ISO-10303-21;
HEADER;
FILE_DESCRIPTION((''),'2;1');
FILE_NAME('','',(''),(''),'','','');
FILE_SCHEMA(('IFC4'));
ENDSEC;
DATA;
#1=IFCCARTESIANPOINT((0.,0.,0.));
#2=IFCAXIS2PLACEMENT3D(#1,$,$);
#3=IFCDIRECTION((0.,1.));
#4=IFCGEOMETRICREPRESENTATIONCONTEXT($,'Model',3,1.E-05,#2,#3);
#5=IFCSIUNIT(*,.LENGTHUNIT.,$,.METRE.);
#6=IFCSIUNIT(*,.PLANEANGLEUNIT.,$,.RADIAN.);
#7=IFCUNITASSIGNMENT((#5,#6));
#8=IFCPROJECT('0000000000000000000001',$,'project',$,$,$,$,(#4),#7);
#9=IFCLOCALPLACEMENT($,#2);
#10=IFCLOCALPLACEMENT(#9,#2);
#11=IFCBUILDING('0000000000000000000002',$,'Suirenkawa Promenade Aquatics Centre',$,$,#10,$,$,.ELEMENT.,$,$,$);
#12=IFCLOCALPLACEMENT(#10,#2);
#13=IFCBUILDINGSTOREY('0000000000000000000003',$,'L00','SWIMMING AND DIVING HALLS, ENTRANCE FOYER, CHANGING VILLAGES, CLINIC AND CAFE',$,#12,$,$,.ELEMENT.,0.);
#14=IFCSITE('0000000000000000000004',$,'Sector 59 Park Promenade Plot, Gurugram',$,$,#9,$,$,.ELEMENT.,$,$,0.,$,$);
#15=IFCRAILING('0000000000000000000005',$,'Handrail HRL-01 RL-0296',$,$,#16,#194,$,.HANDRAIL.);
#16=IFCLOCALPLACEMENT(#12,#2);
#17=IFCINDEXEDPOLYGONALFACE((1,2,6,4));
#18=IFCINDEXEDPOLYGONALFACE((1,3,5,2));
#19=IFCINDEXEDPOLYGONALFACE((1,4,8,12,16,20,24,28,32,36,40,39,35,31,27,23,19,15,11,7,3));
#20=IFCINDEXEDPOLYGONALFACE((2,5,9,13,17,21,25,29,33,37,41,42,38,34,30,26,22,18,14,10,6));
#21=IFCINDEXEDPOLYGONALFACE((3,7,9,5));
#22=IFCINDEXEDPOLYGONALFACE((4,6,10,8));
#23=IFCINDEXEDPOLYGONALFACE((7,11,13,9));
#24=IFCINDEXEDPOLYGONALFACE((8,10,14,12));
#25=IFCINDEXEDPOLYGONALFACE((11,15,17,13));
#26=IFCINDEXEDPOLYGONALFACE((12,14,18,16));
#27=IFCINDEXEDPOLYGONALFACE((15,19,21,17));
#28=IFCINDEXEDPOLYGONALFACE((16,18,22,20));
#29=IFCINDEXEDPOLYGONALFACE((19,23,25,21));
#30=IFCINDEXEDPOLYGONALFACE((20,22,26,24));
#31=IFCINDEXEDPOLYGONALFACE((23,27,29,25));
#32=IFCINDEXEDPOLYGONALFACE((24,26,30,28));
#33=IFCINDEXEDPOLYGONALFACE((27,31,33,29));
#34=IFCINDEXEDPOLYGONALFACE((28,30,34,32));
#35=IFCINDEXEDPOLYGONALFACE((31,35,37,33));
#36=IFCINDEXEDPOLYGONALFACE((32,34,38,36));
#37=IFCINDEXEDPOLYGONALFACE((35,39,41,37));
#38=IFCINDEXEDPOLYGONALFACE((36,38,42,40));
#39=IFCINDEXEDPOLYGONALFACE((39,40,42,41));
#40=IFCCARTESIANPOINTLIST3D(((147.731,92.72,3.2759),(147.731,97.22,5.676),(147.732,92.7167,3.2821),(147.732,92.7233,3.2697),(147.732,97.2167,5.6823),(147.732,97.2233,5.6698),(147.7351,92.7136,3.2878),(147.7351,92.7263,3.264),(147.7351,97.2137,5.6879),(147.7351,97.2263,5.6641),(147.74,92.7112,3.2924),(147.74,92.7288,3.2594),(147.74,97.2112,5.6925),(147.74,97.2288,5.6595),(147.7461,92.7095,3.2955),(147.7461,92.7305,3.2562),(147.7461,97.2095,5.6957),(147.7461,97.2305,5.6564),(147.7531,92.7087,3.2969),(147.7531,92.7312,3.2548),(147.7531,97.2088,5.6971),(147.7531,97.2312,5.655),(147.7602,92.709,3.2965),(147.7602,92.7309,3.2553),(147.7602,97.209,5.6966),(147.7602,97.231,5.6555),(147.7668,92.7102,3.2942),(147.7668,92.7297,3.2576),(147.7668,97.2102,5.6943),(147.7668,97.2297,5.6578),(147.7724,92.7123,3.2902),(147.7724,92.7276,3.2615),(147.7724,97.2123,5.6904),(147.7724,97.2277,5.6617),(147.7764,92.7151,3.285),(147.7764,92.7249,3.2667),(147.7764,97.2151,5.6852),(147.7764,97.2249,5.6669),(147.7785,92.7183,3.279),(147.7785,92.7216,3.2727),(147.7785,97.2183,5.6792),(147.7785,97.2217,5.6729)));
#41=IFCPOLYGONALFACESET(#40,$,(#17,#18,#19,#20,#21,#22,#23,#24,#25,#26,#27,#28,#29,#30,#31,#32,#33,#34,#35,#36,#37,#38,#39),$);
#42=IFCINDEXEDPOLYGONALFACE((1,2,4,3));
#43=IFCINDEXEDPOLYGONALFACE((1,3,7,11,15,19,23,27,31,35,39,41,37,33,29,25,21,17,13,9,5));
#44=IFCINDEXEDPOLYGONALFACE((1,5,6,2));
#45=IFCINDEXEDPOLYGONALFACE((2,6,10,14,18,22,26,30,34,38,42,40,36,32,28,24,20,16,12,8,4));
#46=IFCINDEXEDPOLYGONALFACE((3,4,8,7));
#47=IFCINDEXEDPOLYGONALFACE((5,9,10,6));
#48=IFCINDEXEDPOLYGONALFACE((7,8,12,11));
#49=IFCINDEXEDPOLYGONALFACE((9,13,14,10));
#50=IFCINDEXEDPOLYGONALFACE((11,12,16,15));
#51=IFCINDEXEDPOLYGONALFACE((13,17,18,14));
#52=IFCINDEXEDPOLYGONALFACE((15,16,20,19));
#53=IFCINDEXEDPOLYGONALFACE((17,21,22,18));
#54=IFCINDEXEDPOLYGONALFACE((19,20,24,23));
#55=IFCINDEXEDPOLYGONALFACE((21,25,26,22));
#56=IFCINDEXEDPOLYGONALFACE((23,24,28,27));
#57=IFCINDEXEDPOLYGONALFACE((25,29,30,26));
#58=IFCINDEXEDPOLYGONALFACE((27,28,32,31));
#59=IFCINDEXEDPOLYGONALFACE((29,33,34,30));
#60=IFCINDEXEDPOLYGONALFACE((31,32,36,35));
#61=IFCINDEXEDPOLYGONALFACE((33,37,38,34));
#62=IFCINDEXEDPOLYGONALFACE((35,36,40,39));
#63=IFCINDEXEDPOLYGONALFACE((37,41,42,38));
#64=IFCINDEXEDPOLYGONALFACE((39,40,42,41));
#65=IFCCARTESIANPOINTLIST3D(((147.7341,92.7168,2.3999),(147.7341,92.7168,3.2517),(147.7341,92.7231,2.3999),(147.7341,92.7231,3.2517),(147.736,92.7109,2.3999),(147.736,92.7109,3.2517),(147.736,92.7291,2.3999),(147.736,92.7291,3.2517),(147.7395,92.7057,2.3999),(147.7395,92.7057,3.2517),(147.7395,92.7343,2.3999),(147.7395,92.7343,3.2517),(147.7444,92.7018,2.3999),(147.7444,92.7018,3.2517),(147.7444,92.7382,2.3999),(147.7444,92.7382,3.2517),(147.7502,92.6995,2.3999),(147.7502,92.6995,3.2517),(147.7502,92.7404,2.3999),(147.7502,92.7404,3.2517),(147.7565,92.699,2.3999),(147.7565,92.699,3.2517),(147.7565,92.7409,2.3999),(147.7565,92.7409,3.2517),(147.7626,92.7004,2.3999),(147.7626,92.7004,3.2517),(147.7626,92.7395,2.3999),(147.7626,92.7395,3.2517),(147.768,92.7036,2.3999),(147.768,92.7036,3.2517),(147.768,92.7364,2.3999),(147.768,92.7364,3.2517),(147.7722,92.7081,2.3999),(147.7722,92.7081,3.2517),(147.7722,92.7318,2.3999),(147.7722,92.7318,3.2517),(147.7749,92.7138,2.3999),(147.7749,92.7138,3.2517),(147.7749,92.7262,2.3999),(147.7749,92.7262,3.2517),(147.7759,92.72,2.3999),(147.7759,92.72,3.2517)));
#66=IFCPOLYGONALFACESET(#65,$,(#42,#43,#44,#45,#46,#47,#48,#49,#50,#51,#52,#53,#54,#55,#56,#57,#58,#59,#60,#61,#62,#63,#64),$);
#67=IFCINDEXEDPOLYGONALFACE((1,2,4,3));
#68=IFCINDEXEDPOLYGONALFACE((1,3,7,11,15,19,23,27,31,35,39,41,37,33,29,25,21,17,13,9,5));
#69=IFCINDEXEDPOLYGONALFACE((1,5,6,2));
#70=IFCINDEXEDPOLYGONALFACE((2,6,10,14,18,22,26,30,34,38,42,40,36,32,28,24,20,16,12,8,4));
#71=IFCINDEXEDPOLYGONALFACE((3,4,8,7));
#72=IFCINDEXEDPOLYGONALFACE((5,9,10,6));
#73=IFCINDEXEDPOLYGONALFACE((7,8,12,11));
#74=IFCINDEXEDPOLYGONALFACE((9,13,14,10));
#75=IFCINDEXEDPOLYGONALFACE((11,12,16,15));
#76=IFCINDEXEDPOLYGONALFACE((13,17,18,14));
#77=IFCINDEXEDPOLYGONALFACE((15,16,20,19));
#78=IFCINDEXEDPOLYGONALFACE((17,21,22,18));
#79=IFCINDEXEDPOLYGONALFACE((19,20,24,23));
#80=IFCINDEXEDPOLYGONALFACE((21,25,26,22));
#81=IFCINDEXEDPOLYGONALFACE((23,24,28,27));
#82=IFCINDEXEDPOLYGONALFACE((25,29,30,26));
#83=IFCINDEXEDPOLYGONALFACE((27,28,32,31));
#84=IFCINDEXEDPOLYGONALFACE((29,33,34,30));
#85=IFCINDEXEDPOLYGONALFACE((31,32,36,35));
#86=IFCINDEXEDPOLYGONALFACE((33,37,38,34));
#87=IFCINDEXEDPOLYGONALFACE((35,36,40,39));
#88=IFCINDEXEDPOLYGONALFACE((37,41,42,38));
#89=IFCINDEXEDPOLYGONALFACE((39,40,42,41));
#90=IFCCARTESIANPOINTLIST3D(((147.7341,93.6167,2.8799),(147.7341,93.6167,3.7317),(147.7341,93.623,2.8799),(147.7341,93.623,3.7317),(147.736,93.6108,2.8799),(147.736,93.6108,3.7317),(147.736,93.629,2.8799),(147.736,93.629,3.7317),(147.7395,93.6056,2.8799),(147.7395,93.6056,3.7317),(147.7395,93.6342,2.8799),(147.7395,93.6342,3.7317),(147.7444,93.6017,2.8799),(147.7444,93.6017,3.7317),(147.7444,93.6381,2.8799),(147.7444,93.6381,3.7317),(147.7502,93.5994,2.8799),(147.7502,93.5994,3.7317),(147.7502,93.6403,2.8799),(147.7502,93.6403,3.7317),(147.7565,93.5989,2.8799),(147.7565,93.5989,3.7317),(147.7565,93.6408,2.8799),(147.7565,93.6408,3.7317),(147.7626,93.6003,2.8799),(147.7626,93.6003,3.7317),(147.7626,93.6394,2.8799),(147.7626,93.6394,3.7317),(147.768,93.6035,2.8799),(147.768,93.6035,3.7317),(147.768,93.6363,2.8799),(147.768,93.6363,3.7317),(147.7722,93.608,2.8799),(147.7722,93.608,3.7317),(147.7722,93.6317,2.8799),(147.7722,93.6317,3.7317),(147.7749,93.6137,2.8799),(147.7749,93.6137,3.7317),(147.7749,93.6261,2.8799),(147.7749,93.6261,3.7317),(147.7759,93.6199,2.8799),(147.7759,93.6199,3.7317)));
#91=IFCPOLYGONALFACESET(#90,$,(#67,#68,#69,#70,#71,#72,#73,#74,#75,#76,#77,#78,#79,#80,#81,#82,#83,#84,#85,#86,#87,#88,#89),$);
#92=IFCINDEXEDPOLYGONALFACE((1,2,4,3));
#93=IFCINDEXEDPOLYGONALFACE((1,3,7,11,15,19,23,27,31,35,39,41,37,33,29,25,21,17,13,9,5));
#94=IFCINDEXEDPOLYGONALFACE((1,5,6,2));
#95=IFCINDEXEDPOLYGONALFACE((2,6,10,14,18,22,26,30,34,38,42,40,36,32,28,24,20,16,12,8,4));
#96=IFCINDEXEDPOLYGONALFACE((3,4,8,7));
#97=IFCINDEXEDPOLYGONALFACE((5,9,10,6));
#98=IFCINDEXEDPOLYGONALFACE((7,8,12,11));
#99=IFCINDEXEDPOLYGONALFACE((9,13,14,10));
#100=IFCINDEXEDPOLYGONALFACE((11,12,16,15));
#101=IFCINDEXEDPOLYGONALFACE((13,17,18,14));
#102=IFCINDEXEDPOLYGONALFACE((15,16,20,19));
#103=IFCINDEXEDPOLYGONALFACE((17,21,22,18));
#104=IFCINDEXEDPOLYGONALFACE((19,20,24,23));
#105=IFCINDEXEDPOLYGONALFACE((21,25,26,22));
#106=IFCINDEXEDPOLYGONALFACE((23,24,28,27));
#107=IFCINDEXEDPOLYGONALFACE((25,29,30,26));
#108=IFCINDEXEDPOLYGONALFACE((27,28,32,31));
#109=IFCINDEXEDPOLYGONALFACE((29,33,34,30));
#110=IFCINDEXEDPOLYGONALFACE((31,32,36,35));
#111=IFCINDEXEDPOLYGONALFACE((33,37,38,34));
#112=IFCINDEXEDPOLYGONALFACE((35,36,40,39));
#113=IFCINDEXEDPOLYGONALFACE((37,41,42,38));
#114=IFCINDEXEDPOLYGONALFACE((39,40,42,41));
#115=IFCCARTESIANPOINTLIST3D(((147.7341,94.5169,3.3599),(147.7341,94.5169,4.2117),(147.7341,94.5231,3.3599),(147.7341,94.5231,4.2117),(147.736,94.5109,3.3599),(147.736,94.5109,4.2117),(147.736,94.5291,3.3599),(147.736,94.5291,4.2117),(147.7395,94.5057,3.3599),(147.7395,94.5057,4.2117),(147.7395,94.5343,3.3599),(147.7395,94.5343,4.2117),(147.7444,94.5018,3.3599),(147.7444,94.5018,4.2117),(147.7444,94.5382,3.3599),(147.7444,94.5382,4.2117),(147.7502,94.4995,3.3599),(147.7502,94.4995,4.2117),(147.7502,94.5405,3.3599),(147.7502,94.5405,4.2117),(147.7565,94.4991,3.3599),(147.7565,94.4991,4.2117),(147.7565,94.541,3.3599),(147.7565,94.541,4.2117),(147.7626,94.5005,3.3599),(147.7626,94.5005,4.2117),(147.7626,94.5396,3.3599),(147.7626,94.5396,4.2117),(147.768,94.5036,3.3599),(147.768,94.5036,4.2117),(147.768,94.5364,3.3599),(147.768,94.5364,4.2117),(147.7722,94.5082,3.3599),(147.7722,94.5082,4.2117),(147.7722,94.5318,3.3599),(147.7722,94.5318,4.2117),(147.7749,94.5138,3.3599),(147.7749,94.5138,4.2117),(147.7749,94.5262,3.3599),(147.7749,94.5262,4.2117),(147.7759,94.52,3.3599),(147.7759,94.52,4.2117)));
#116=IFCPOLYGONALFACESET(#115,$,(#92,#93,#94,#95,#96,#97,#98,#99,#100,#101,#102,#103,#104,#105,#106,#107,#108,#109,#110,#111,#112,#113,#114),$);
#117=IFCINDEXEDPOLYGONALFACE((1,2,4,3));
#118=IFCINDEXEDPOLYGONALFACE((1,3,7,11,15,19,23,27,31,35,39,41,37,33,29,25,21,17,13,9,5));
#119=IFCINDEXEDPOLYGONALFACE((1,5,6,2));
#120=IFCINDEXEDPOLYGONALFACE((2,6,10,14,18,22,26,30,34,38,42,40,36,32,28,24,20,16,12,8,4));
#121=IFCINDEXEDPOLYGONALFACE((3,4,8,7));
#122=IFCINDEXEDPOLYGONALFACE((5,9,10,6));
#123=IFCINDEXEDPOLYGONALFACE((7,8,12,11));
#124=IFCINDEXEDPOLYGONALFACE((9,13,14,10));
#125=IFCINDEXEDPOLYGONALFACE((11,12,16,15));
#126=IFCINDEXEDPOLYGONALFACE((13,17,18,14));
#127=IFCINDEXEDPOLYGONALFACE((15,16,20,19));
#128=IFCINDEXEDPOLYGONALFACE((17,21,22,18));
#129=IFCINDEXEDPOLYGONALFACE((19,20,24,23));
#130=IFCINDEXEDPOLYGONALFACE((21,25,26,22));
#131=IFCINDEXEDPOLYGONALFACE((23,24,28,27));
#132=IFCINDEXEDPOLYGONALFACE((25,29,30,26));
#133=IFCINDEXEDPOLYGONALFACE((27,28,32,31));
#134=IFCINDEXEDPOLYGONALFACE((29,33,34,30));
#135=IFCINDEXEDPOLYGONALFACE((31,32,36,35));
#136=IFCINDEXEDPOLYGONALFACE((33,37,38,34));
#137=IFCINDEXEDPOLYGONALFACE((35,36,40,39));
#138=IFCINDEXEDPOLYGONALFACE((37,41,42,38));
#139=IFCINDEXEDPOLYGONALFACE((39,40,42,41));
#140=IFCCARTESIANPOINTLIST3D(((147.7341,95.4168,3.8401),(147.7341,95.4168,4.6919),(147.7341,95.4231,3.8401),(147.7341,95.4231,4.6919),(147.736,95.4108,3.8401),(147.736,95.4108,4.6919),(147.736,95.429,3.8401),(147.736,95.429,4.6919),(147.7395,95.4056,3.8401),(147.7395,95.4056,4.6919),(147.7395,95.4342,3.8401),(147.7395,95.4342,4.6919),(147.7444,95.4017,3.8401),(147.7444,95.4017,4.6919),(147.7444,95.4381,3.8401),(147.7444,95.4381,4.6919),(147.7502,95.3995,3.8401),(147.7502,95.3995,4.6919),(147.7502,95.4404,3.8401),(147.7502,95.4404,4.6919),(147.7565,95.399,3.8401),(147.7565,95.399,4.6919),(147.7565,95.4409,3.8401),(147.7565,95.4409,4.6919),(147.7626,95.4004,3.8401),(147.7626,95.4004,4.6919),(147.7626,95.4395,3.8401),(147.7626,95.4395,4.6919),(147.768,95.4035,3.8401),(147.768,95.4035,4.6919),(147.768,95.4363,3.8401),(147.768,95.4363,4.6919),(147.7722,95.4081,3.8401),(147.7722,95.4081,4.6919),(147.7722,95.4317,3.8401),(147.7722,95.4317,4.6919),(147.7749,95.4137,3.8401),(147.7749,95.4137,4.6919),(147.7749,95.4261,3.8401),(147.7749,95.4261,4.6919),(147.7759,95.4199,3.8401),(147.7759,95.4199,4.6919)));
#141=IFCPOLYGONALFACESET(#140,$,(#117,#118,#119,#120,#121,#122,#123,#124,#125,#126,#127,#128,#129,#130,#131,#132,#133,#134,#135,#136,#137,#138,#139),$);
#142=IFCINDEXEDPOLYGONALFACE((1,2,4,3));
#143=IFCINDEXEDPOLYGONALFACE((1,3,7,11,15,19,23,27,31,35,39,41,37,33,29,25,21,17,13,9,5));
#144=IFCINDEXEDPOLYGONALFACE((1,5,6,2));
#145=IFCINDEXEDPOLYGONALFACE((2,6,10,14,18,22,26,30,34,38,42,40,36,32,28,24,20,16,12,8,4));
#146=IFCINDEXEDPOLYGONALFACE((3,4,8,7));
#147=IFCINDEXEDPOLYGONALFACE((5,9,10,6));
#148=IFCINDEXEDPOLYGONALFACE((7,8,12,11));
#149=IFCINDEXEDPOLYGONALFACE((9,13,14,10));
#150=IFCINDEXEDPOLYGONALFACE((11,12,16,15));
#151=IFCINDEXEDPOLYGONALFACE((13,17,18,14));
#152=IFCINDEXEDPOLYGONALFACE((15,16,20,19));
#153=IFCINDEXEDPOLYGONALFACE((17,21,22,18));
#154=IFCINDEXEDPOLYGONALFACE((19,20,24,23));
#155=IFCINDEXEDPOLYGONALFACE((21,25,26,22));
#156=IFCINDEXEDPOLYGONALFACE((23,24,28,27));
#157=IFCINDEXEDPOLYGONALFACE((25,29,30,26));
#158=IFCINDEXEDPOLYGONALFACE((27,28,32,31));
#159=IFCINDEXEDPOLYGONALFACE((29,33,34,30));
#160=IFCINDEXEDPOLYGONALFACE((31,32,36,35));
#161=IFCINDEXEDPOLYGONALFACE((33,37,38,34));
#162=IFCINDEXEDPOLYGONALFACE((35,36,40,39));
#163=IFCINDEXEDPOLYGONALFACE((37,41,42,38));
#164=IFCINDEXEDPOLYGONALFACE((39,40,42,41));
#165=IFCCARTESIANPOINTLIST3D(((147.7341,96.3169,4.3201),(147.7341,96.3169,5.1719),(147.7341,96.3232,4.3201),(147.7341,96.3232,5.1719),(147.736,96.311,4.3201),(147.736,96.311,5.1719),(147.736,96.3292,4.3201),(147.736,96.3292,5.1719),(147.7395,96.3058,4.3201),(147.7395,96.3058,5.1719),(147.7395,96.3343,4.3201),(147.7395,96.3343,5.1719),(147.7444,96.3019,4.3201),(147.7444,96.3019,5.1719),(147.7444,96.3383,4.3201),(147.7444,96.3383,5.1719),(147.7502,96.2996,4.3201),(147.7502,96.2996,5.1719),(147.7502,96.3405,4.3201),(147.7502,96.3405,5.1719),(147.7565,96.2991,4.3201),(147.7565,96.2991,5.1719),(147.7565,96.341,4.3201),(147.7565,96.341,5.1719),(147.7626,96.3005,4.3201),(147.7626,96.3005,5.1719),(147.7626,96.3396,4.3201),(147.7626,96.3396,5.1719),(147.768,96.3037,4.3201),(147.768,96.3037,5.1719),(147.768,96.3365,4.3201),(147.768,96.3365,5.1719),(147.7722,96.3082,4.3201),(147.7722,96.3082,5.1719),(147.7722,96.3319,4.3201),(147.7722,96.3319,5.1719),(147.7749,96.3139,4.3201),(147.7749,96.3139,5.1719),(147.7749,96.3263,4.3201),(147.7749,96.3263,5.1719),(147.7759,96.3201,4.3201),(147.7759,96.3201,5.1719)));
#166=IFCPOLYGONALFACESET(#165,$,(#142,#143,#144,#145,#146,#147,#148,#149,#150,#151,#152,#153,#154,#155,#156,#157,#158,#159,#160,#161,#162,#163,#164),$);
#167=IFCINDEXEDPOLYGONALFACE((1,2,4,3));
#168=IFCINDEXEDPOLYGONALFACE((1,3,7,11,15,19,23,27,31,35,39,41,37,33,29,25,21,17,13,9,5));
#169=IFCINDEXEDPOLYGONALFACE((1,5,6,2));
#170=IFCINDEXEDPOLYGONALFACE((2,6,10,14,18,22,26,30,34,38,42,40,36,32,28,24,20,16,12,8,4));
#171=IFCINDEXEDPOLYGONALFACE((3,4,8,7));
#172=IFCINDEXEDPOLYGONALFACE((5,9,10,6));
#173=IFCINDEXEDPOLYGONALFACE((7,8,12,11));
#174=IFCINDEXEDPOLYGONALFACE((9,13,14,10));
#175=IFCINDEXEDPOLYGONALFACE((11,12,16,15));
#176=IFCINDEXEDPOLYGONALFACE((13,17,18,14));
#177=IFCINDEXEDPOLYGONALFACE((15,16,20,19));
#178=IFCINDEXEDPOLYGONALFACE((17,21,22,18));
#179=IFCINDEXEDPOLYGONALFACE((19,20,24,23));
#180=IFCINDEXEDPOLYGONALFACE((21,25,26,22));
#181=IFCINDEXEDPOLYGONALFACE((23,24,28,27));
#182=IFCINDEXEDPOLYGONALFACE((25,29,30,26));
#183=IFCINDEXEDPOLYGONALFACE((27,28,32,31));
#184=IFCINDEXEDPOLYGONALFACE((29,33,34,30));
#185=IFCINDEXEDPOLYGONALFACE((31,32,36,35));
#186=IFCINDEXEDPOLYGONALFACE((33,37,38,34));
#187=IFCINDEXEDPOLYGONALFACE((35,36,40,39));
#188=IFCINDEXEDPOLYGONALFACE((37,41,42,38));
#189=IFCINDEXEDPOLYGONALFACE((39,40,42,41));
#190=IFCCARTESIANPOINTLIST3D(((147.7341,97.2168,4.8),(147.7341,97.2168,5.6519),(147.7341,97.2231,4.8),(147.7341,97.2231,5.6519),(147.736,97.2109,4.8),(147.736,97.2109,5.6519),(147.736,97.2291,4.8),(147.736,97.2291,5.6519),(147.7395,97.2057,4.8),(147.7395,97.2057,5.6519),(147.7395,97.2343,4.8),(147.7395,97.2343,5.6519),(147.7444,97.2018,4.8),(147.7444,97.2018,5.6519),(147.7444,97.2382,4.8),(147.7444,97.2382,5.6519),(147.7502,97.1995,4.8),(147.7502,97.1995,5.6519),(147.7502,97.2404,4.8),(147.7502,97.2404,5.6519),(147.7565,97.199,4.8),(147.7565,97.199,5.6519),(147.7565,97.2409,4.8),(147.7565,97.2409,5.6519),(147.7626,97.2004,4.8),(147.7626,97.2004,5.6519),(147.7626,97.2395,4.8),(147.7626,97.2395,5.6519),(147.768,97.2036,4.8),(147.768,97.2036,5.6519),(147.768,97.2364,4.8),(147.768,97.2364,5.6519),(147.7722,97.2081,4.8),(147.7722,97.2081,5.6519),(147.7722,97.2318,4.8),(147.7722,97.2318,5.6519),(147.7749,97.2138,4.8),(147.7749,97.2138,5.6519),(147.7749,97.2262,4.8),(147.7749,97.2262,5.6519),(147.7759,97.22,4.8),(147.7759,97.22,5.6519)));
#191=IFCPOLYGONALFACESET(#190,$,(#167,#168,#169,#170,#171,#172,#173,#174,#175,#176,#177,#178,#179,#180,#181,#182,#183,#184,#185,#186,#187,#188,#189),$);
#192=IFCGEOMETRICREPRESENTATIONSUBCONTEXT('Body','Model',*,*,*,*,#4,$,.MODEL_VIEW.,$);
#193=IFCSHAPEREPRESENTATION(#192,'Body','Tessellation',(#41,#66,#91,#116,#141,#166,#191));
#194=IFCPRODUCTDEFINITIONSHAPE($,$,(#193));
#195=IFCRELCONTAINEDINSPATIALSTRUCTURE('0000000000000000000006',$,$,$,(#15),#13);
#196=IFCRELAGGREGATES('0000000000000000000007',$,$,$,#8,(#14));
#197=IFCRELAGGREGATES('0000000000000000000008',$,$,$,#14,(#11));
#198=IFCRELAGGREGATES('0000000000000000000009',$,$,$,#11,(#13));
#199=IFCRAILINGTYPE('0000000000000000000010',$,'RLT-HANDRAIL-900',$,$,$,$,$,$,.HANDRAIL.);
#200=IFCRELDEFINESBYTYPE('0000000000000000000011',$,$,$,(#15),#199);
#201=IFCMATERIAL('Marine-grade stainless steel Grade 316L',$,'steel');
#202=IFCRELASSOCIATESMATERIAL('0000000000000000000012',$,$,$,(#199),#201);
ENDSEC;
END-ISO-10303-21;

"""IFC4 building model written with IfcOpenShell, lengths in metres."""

from ifc_helpers import new_model, si_unit, direction, frame, origin, origin_2d, place, context, subcontext, project, spatial, circle, extrude, material, type_object, element, save


model = new_model("IFC4")

# Units and contexts
model_context = context("Model", 3, precision=1e-05, world=origin(), true_north=direction((0.0, 1.0)))
body_context = subcontext(model_context, "Body", "Model", "MODEL_VIEW")
ifc_project = project(units=[si_unit("LENGTHUNIT", "METRE"), si_unit("PLANEANGLEUNIT", "RADIAN")], contexts=[model_context])

# Site, building, storey
site_placement = place(None, origin())
site = spatial("IfcSite", under=ifc_project, at=site_placement, Name="Sector 59 Park Promenade Plot, Gurugram", CompositionType="ELEMENT", RefElevation=0.0)
building_placement = place(site_placement, origin())
building = spatial("IfcBuilding", under=site, at=building_placement, Name="Suirenkawa Promenade Aquatics Centre", CompositionType="ELEMENT")
storey_placement = place(building_placement, origin())
storey = spatial("IfcBuildingStorey", under=building, at=storey_placement, Name="L00", Description="SWIMMING AND DIVING HALLS, ENTRANCE FOYER, CHANGING VILLAGES, CLINIC AND CAFE", CompositionType="ELEMENT", Elevation=0.0)

# Railing
ifc_material_1 = material(Name="Marine-grade stainless steel Grade 316L", Category="steel")
railing_type_1 = type_object("IfcRailingType", Name="RLT-HANDRAIL-900", PredefinedType="HANDRAIL", material=ifc_material_1)
for number, where, name in (
    (1, (147.7549, 92.72, 2.3999), "Handrail HRL-01 RL-0296"),
):
    element("IfcRailing", number, at=place(storey_placement, frame(where)), inside=storey, type_object=railing_type_1, Name=name, PredefinedType="HANDRAIL", context=body_context, shape_type="SweptSolid", body=[
        extrude(circle(Radius=0.0239, at=origin_2d()), frame((0.0, 0.0, 0.876), z_axis=(0.0, 0.882341, 0.470611), x_axis=(-1.0, 0.0, 0.0)), (0.0, 0.0, 1.0), 5.1001),
        extrude(circle(Radius=0.021, at=origin_2d()), origin(), (0.0, 0.0, 1.0), 0.8518),
        extrude(circle(Radius=0.021, at=origin_2d()), frame((0.0, 0.8999, 0.48)), (0.0, 0.0, 1.0), 0.8518),
        extrude(circle(Radius=0.021, at=origin_2d()), frame((0.0, 1.8, 0.96)), (0.0, 0.0, 1.0), 0.8518),
        extrude(circle(Radius=0.021, at=origin_2d()), frame((0.0, 2.7, 1.4402)), (0.0, 0.0, 1.0), 0.8518),
        extrude(circle(Radius=0.021, at=origin_2d()), frame((0.0, 3.6001, 1.9202)), (0.0, 0.0, 1.0), 0.8518),
        extrude(circle(Radius=0.021, at=origin_2d()), frame((0.0, 4.5, 2.4001)), (0.0, 0.0, 1.0), 0.8518),
    ])

save(model, "model.ifc")
